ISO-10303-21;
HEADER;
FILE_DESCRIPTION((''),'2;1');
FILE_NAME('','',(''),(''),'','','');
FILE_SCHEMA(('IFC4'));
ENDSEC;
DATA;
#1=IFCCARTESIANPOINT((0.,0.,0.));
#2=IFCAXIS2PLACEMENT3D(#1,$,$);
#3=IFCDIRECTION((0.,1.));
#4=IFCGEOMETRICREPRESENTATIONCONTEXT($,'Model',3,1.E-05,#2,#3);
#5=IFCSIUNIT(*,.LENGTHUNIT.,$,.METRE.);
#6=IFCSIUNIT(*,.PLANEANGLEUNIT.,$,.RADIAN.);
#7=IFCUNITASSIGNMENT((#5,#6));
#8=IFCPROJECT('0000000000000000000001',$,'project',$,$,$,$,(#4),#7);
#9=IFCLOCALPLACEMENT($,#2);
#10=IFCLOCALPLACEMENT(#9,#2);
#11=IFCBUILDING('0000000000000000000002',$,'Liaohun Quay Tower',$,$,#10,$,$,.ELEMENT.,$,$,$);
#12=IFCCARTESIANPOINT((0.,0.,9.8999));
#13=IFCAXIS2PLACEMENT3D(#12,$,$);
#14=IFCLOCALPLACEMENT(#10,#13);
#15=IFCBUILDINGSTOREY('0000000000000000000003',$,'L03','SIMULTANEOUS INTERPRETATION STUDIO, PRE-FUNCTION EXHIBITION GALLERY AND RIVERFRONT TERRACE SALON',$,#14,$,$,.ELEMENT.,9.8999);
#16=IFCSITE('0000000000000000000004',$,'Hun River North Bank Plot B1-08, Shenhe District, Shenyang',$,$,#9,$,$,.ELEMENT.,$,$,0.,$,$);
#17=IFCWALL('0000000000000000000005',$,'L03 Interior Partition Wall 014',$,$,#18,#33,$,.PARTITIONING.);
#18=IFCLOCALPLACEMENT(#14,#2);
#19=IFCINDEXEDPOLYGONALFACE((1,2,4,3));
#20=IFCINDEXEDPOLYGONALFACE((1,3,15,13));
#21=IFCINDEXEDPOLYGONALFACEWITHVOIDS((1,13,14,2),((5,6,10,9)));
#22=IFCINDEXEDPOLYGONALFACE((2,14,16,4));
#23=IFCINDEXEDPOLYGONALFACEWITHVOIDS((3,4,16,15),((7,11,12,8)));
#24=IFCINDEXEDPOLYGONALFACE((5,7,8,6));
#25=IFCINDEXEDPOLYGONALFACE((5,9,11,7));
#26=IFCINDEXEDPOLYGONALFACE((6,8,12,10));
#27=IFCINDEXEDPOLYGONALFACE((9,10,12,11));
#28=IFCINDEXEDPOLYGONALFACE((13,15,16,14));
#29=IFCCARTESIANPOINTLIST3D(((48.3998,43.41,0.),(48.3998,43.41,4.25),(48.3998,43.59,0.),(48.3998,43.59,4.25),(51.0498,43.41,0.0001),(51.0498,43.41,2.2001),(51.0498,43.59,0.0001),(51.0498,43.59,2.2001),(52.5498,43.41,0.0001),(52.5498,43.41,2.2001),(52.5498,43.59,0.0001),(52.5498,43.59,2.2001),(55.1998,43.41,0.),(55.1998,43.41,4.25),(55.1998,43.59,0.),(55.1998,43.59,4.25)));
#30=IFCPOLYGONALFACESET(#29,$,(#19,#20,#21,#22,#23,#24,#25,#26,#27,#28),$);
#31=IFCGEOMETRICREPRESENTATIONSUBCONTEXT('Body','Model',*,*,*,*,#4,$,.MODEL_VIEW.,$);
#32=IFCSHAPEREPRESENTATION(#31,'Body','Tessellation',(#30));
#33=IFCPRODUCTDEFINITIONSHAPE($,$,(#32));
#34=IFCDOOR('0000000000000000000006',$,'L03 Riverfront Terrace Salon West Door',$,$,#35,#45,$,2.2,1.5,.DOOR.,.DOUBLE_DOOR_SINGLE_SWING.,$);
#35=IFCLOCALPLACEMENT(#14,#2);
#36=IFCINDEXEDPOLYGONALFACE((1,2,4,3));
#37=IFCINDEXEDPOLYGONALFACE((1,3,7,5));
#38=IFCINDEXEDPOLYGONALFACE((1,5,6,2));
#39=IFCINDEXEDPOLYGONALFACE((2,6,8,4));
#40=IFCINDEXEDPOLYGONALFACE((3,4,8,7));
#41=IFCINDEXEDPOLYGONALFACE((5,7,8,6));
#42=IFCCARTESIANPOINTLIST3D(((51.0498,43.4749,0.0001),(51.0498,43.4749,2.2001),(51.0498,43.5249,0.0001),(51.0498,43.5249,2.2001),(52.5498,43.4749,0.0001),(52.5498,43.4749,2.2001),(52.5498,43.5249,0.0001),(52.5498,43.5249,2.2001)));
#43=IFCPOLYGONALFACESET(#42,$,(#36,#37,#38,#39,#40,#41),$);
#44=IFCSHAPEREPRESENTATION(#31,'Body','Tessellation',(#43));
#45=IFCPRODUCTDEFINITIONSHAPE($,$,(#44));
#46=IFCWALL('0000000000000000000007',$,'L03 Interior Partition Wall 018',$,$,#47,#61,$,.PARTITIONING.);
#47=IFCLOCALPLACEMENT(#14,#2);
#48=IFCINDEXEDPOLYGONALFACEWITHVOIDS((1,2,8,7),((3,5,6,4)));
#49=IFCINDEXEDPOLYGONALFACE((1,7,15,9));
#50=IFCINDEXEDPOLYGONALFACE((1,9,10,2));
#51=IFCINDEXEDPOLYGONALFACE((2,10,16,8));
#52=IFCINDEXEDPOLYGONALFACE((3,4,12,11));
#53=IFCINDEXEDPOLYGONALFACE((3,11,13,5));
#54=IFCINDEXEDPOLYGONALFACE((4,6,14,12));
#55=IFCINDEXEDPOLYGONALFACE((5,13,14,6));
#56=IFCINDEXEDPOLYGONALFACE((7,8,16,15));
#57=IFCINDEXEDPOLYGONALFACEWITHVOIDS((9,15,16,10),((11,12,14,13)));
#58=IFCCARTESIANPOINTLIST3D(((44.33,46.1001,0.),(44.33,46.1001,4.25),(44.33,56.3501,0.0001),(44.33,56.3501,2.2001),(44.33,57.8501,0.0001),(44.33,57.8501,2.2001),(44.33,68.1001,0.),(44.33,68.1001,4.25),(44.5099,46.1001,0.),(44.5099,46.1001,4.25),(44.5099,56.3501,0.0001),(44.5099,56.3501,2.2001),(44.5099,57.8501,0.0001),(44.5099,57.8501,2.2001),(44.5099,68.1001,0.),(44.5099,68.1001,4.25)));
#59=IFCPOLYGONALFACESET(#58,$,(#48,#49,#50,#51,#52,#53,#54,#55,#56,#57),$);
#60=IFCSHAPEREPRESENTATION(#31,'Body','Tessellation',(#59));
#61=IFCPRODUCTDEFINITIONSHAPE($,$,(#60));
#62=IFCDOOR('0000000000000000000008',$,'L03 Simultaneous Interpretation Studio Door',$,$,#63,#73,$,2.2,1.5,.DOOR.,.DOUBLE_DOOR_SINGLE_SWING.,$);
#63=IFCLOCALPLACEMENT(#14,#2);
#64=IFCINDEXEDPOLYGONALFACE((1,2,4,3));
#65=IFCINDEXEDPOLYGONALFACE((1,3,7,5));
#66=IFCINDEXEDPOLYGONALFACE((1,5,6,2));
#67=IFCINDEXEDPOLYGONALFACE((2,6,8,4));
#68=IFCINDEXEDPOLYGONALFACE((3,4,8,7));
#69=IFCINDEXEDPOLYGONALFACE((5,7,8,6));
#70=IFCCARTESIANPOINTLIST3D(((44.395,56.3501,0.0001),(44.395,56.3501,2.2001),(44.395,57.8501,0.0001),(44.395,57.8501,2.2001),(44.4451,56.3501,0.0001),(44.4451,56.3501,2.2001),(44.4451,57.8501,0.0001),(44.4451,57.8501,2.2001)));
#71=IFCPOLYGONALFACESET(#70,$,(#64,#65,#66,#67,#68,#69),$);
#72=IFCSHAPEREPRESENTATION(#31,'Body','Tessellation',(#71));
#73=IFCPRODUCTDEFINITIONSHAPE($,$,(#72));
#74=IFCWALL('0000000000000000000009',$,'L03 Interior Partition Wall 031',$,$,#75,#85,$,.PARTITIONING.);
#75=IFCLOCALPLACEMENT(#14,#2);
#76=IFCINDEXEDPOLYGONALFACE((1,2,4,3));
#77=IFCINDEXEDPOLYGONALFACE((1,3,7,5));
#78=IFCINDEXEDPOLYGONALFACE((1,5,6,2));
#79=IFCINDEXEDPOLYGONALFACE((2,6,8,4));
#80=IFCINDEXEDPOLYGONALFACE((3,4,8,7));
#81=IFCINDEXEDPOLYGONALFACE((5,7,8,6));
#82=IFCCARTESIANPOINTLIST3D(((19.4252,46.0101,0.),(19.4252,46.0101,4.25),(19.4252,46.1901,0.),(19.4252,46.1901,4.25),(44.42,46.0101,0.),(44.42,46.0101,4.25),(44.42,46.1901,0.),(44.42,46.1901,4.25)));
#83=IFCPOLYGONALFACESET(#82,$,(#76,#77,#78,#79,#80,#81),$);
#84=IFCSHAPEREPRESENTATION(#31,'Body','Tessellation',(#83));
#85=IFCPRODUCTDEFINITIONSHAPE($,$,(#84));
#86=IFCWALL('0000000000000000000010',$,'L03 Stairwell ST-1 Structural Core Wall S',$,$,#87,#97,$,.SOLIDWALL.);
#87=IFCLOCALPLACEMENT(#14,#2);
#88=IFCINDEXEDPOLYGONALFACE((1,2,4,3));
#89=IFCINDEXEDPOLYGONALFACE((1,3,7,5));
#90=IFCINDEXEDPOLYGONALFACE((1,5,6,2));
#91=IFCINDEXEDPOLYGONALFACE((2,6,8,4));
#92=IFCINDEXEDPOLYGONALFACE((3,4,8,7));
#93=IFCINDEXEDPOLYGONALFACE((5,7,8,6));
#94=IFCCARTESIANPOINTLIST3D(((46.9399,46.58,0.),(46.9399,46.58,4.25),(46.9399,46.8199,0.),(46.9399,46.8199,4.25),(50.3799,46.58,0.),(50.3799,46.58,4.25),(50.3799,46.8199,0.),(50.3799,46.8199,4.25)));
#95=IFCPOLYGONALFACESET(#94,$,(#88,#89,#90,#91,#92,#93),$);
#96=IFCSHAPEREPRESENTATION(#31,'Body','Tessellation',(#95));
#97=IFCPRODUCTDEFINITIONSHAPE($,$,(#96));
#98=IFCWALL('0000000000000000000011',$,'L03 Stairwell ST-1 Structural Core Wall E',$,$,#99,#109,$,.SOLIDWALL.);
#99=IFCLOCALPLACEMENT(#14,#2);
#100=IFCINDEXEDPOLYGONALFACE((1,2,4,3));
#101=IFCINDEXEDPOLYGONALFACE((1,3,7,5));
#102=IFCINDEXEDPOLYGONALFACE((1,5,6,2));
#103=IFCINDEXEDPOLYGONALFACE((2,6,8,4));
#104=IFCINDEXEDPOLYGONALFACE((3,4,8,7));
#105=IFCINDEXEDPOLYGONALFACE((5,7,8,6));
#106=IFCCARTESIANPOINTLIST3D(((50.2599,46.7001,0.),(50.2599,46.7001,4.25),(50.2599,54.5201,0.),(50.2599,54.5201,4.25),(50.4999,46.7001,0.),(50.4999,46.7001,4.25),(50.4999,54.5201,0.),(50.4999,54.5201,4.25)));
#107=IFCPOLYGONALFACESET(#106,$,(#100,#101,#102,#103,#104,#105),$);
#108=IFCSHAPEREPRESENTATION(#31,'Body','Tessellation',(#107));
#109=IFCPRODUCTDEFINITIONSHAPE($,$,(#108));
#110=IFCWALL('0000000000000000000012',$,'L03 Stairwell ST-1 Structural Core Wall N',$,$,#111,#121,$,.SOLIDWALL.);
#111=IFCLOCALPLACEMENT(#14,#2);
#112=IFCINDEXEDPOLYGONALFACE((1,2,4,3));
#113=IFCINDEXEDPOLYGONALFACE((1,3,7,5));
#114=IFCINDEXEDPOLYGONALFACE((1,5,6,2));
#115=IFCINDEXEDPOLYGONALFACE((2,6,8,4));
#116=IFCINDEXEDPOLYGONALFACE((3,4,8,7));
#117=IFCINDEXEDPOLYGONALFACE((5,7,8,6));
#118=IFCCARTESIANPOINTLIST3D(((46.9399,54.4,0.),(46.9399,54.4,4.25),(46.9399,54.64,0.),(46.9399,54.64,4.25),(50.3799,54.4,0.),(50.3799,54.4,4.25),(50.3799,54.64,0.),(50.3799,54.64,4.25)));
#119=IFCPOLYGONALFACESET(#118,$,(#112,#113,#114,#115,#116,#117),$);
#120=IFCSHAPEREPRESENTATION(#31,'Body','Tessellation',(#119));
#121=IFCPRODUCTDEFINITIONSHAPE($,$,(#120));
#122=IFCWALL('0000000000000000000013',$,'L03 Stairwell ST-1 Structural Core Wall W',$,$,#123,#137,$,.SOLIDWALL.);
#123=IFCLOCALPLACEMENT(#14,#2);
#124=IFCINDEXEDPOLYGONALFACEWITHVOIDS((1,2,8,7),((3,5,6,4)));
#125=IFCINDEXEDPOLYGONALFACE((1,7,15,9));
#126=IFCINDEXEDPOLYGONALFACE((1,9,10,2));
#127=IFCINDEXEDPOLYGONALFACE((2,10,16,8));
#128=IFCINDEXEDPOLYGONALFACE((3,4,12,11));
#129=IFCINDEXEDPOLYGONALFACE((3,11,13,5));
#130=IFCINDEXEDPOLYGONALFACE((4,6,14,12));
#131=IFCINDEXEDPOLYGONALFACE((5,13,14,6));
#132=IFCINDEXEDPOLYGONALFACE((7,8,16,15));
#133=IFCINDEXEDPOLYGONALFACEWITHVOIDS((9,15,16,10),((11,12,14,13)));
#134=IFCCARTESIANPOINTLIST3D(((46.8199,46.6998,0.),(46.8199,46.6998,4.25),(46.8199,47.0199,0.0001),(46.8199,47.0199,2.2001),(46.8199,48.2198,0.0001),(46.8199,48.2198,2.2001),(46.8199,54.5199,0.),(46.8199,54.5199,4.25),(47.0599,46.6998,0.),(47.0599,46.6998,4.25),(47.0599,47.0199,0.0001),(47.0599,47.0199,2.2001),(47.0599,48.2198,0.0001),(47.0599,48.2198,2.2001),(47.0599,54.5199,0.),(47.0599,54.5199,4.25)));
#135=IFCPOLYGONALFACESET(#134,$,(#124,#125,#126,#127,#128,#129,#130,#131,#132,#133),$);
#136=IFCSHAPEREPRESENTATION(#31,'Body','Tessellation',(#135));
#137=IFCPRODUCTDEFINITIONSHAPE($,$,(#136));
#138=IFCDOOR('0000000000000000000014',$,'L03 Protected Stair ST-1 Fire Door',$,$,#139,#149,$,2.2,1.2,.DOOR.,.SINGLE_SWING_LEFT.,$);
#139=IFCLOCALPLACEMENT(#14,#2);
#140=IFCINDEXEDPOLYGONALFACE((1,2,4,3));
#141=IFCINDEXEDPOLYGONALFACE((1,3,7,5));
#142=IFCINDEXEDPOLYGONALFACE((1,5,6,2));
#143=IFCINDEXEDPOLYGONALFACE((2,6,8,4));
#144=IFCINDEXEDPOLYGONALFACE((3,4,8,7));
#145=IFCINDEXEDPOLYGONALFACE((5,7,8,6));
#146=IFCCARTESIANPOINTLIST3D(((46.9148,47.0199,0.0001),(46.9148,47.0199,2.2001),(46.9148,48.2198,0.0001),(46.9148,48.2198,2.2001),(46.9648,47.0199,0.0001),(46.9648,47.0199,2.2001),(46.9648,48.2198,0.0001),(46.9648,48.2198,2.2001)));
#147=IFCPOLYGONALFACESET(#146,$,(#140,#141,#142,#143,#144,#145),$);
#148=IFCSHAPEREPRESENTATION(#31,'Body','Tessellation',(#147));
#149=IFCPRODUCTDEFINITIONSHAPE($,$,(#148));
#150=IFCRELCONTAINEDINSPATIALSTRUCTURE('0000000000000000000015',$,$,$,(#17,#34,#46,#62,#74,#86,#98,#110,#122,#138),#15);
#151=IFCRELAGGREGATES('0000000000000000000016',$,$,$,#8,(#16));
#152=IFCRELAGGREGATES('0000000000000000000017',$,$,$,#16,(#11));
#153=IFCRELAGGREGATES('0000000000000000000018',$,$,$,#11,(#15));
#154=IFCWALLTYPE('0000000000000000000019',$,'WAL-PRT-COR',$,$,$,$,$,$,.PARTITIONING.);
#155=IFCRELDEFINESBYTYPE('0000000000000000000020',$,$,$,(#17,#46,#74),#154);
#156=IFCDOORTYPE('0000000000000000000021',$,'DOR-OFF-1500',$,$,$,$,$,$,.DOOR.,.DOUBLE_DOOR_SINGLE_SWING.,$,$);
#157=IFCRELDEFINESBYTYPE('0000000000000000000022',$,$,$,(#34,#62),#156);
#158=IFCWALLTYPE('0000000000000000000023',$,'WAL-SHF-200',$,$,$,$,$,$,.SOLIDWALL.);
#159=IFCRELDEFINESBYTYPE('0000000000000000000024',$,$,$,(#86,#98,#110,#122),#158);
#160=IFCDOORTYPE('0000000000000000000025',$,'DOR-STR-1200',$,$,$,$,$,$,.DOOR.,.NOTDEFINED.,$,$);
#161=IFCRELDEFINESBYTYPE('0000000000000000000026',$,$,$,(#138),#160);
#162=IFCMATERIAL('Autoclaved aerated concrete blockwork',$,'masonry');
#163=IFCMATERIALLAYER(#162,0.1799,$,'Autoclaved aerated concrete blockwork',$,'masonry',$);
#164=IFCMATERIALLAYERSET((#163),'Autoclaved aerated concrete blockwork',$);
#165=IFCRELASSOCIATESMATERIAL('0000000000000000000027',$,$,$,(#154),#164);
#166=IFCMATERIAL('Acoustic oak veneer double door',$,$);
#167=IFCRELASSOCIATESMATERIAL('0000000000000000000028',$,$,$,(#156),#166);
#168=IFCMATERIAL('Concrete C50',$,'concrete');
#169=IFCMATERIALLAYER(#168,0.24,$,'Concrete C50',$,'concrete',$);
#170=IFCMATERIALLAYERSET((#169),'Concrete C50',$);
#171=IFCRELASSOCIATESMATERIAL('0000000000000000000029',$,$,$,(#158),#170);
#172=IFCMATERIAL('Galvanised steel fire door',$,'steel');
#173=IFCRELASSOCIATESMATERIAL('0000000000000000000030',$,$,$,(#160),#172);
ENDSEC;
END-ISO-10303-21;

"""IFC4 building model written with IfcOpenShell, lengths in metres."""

from ifc_helpers import new_model, si_unit, direction, frame, frame_2d, origin, place, context, subcontext, project, spatial, rectangle, extrude, source, transform, mapped, material, layer, layer_set, type_object, element, fill, save


model = new_model("IFC4")

# Units and contexts
model_context = context("Model", 3, precision=1e-05, world=origin(), true_north=direction((0.0, 1.0)))
body_context = subcontext(model_context, "Body", "Model", "MODEL_VIEW")
ifc_project = project(units=[si_unit("LENGTHUNIT", "METRE"), si_unit("PLANEANGLEUNIT", "RADIAN")], contexts=[model_context])

# Site, building, storey
site_placement = place(None, origin())
site = spatial("IfcSite", under=ifc_project, at=site_placement, Name="Hun River North Bank Plot B1-08, Shenhe District, Shenyang", CompositionType="ELEMENT", RefElevation=0.0)
building_placement = place(site_placement, origin())
building = spatial("IfcBuilding", under=site, at=building_placement, Name="Liaohun Quay Tower", CompositionType="ELEMENT")
storey_placement = place(building_placement, frame((0.0, 0.0, 9.8999)))
storey = spatial("IfcBuildingStorey", under=building, at=storey_placement, Name="L03", Description="SIMULTANEOUS INTERPRETATION STUDIO, PRE-FUNCTION EXHIBITION GALLERY AND RIVERFRONT TERRACE SALON", CompositionType="ELEMENT", Elevation=9.8999)

# Walls, openings, doors
ifc_material_1 = material(Name="Autoclaved aerated concrete blockwork", Category="masonry")
ifc_layer_1 = layer(ifc_material_1, 0.1799, Name="Autoclaved aerated concrete blockwork", Category="masonry")
ifc_layer_set_1 = layer_set([ifc_layer_1], Name="Autoclaved aerated concrete blockwork")
wall_type_1 = type_object("IfcWallType", Name="WAL-PRT-COR", PredefinedType="PARTITIONING", material=ifc_layer_set_1)
wall_1_placement = place(storey_placement, frame((48.3999, 43.5, 0.0), z_axis=(0.0, 0.0, 1.0), x_axis=(1.0, 0.0, 0.0)))
wall_1 = element("IfcWall", 1, at=wall_1_placement, inside=storey, type_object=wall_type_1, Name="L03 Interior Partition Wall 014", PredefinedType="PARTITIONING", context=body_context, shape_type="SweptSolid", body=[
    extrude(rectangle(XDim=6.8, YDim=0.1799, at=frame_2d((3.3999, 0.0))), origin(), (0.0, 0.0, 1.0), 4.25),
])
shared_shape_1 = source(origin(), body_context, "Body", "SweptSolid", [
    extrude(rectangle(XDim=1.5, YDim=2.2, at=frame_2d((0.75, 1.1001))), frame((0.0, 0.0999, 0.0), z_axis=(0.0, -1.0, 0.0), x_axis=(1.0, 0.0, 0.0)), (0.0, 0.0, 1.0), 0.2),
])
opening_1_placement = place(wall_1_placement, frame((2.6499, 0.0, 0.0)))
opening_1 = element("IfcOpeningElement", 2, at=opening_1_placement, cuts=wall_1, PredefinedType="OPENING", context=body_context, shape_type="MappedRepresentation", body=[
    mapped(shared_shape_1, transform((0.0, 0.0, 0.0), x_axis=(1.0, 0.0, 0.0), y_axis=(0.0, 1.0, 0.0), z_axis=(0.0, 0.0, 1.0), scale=1.0)),
])
ifc_material_2 = material(Name="Acoustic oak veneer double door")
door_type_1 = type_object("IfcDoorType", Name="DOR-OFF-1500", OperationType="DOUBLE_DOOR_SINGLE_SWING", PredefinedType="DOOR", material=ifc_material_2)
shared_shape_2 = source(origin(), body_context, "Body", "SweptSolid", [
    extrude(rectangle(XDim=1.5, YDim=2.2, at=frame_2d((0.75, 1.1001))), frame((0.0, 0.0249, 0.0), z_axis=(0.0, -1.0, 0.0), x_axis=(1.0, 0.0, 0.0)), (0.0, 0.0, 1.0), 0.05),
])
door_1_placement = place(opening_1_placement, origin())
door_1 = element("IfcDoor", 3, at=door_1_placement, inside=storey, type_object=door_type_1, Name="L03 Riverfront Terrace Salon West Door", OperationType="DOUBLE_DOOR_SINGLE_SWING", OverallHeight=2.2, OverallWidth=1.5, PredefinedType="DOOR", context=body_context, shape_type="MappedRepresentation", body=[
    mapped(shared_shape_2, transform((0.0, 0.0, 0.0), x_axis=(1.0, 0.0, 0.0), y_axis=(0.0, 1.0, 0.0), z_axis=(0.0, 0.0, 1.0), scale=1.0)),
])
fill(opening_1, door_1)
wall_2_placement = place(storey_placement, frame((44.4199, 46.1001, 0.0), z_axis=(0.0, 0.0, 1.0), x_axis=(0.0, 1.0, 0.0)))
wall_2 = element("IfcWall", 4, at=wall_2_placement, inside=storey, type_object=wall_type_1, Name="L03 Interior Partition Wall 018", PredefinedType="PARTITIONING", context=body_context, shape_type="SweptSolid", body=[
    extrude(rectangle(XDim=22.0, YDim=0.1799, at=frame_2d((11.0, 0.0))), origin(), (0.0, 0.0, 1.0), 4.25),
])
opening_2_placement = place(wall_2_placement, frame((10.25, 0.0, 0.0)))
opening_2 = element("IfcOpeningElement", 5, at=opening_2_placement, cuts=wall_2, PredefinedType="OPENING", context=body_context, shape_type="MappedRepresentation", body=[
    mapped(shared_shape_1, transform((0.0, 0.0, 0.0), x_axis=(1.0, 0.0, 0.0), y_axis=(0.0, 1.0, 0.0), z_axis=(0.0, 0.0, 1.0), scale=1.0)),
])
door_2_placement = place(opening_2_placement, origin())
door_2 = element("IfcDoor", 6, at=door_2_placement, inside=storey, type_object=door_type_1, Name="L03 Simultaneous Interpretation Studio Door", OperationType="DOUBLE_DOOR_SINGLE_SWING", OverallHeight=2.2, OverallWidth=1.5, PredefinedType="DOOR", context=body_context, shape_type="MappedRepresentation", body=[
    mapped(shared_shape_2, transform((0.0, 0.0, 0.0), x_axis=(1.0, 0.0, 0.0), y_axis=(0.0, 1.0, 0.0), z_axis=(0.0, 0.0, 1.0), scale=1.0)),
])
fill(opening_2, door_2)

# Walls
wall_3_placement = place(storey_placement, frame((19.425, 46.1001, 0.0), z_axis=(0.0, 0.0, 1.0), x_axis=(1.0, 0.0, 0.0)))
element("IfcWall", 7, at=wall_3_placement, inside=storey, type_object=wall_type_1, Name="L03 Interior Partition Wall 031", PredefinedType="PARTITIONING", context=body_context, shape_type="SweptSolid", body=[
    extrude(rectangle(XDim=24.9949, YDim=0.1799, at=frame_2d((12.4976, 0.0))), origin(), (0.0, 0.0, 1.0), 4.25),
])
ifc_material_3 = material(Name="Concrete C50", Category="concrete")
ifc_layer_2 = layer(ifc_material_3, 0.24, Name="Concrete C50", Category="concrete")
ifc_layer_set_2 = layer_set([ifc_layer_2], Name="Concrete C50")
wall_type_2 = type_object("IfcWallType", Name="WAL-SHF-200", PredefinedType="SOLIDWALL", material=ifc_layer_set_2)
wall_4_placement = place(storey_placement, frame((46.9399, 46.7, 0.0), z_axis=(0.0, 0.0, 1.0), x_axis=(1.0, 0.0, 0.0)))
element("IfcWall", 8, at=wall_4_placement, inside=storey, type_object=wall_type_2, Name="L03 Stairwell ST-1 Structural Core Wall S", PredefinedType="SOLIDWALL", context=body_context, shape_type="SweptSolid", body=[
    extrude(rectangle(XDim=3.4399, YDim=0.24, at=frame_2d((1.72, 0.0))), origin(), (0.0, 0.0, 1.0), 4.25),
])
wall_5_placement = place(storey_placement, frame((50.3799, 46.7, 0.0), z_axis=(0.0, 0.0, 1.0), x_axis=(0.0, 1.0, 0.0)))
element("IfcWall", 9, at=wall_5_placement, inside=storey, type_object=wall_type_2, Name="L03 Stairwell ST-1 Structural Core Wall E", PredefinedType="SOLIDWALL", context=body_context, shape_type="SweptSolid", body=[
    extrude(rectangle(XDim=7.8201, YDim=0.24, at=frame_2d((3.9102, 0.0))), origin(), (0.0, 0.0, 1.0), 4.25),
])
wall_6_placement = place(storey_placement, frame((50.3799, 54.52, 0.0), z_axis=(0.0, 0.0, 1.0), x_axis=(-1.0, 0.0, 0.0)))
element("IfcWall", 10, at=wall_6_placement, inside=storey, type_object=wall_type_2, Name="L03 Stairwell ST-1 Structural Core Wall N", PredefinedType="SOLIDWALL", context=body_context, shape_type="SweptSolid", body=[
    extrude(rectangle(XDim=3.4399, YDim=0.24, at=frame_2d((1.72, 0.0))), origin(), (0.0, 0.0, 1.0), 4.25),
])

# Wall, opening, door
wall_7_placement = place(storey_placement, frame((46.9399, 54.52, 0.0), z_axis=(0.0, 0.0, 1.0), x_axis=(0.0, -1.0, 0.0)))
wall_7 = element("IfcWall", 11, at=wall_7_placement, inside=storey, type_object=wall_type_2, Name="L03 Stairwell ST-1 Structural Core Wall W", PredefinedType="SOLIDWALL", context=body_context, shape_type="SweptSolid", body=[
    extrude(rectangle(XDim=7.8201, YDim=0.24, at=frame_2d((3.9102, 0.0))), origin(), (0.0, 0.0, 1.0), 4.25),
])
shared_shape_3 = source(origin(), body_context, "Body", "SweptSolid", [
    extrude(rectangle(XDim=1.2, YDim=2.2, at=frame_2d((0.6001, 1.1001))), frame((0.0, 0.1299, 0.0), z_axis=(0.0, -1.0, 0.0), x_axis=(1.0, 0.0, 0.0)), (0.0, 0.0, 1.0), 0.26),
])
opening_3_placement = place(wall_7_placement, frame((6.3, 0.0, 0.0)))
opening_3 = element("IfcOpeningElement", 12, at=opening_3_placement, cuts=wall_7, PredefinedType="OPENING", context=body_context, shape_type="MappedRepresentation", body=[
    mapped(shared_shape_3, transform((0.0, 0.0, 0.0), x_axis=(1.0, 0.0, 0.0), y_axis=(0.0, 1.0, 0.0), z_axis=(0.0, 0.0, 1.0), scale=1.0)),
])
ifc_material_4 = material(Name="Galvanised steel fire door", Category="steel")
door_type_2 = type_object("IfcDoorType", Name="DOR-STR-1200", OperationType="NOTDEFINED", PredefinedType="DOOR", material=ifc_material_4)
shared_shape_4 = source(origin(), body_context, "Body", "SweptSolid", [
    extrude(rectangle(XDim=1.2, YDim=2.2, at=frame_2d((0.6001, 1.1001))), frame((0.0, 0.0249, 0.0), z_axis=(0.0, -1.0, 0.0), x_axis=(1.0, 0.0, 0.0)), (0.0, 0.0, 1.0), 0.05),
])
door_3_placement = place(opening_3_placement, origin())
door_3 = element("IfcDoor", 13, at=door_3_placement, inside=storey, type_object=door_type_2, Name="L03 Protected Stair ST-1 Fire Door", OperationType="SINGLE_SWING_LEFT", OverallHeight=2.2, OverallWidth=1.2, PredefinedType="DOOR", context=body_context, shape_type="MappedRepresentation", body=[
    mapped(shared_shape_4, transform((0.0, 0.0, 0.0), x_axis=(1.0, 0.0, 0.0), y_axis=(0.0, 1.0, 0.0), z_axis=(0.0, 0.0, 1.0), scale=1.0)),
])
fill(opening_3, door_3)

save(model, "model.ifc")
